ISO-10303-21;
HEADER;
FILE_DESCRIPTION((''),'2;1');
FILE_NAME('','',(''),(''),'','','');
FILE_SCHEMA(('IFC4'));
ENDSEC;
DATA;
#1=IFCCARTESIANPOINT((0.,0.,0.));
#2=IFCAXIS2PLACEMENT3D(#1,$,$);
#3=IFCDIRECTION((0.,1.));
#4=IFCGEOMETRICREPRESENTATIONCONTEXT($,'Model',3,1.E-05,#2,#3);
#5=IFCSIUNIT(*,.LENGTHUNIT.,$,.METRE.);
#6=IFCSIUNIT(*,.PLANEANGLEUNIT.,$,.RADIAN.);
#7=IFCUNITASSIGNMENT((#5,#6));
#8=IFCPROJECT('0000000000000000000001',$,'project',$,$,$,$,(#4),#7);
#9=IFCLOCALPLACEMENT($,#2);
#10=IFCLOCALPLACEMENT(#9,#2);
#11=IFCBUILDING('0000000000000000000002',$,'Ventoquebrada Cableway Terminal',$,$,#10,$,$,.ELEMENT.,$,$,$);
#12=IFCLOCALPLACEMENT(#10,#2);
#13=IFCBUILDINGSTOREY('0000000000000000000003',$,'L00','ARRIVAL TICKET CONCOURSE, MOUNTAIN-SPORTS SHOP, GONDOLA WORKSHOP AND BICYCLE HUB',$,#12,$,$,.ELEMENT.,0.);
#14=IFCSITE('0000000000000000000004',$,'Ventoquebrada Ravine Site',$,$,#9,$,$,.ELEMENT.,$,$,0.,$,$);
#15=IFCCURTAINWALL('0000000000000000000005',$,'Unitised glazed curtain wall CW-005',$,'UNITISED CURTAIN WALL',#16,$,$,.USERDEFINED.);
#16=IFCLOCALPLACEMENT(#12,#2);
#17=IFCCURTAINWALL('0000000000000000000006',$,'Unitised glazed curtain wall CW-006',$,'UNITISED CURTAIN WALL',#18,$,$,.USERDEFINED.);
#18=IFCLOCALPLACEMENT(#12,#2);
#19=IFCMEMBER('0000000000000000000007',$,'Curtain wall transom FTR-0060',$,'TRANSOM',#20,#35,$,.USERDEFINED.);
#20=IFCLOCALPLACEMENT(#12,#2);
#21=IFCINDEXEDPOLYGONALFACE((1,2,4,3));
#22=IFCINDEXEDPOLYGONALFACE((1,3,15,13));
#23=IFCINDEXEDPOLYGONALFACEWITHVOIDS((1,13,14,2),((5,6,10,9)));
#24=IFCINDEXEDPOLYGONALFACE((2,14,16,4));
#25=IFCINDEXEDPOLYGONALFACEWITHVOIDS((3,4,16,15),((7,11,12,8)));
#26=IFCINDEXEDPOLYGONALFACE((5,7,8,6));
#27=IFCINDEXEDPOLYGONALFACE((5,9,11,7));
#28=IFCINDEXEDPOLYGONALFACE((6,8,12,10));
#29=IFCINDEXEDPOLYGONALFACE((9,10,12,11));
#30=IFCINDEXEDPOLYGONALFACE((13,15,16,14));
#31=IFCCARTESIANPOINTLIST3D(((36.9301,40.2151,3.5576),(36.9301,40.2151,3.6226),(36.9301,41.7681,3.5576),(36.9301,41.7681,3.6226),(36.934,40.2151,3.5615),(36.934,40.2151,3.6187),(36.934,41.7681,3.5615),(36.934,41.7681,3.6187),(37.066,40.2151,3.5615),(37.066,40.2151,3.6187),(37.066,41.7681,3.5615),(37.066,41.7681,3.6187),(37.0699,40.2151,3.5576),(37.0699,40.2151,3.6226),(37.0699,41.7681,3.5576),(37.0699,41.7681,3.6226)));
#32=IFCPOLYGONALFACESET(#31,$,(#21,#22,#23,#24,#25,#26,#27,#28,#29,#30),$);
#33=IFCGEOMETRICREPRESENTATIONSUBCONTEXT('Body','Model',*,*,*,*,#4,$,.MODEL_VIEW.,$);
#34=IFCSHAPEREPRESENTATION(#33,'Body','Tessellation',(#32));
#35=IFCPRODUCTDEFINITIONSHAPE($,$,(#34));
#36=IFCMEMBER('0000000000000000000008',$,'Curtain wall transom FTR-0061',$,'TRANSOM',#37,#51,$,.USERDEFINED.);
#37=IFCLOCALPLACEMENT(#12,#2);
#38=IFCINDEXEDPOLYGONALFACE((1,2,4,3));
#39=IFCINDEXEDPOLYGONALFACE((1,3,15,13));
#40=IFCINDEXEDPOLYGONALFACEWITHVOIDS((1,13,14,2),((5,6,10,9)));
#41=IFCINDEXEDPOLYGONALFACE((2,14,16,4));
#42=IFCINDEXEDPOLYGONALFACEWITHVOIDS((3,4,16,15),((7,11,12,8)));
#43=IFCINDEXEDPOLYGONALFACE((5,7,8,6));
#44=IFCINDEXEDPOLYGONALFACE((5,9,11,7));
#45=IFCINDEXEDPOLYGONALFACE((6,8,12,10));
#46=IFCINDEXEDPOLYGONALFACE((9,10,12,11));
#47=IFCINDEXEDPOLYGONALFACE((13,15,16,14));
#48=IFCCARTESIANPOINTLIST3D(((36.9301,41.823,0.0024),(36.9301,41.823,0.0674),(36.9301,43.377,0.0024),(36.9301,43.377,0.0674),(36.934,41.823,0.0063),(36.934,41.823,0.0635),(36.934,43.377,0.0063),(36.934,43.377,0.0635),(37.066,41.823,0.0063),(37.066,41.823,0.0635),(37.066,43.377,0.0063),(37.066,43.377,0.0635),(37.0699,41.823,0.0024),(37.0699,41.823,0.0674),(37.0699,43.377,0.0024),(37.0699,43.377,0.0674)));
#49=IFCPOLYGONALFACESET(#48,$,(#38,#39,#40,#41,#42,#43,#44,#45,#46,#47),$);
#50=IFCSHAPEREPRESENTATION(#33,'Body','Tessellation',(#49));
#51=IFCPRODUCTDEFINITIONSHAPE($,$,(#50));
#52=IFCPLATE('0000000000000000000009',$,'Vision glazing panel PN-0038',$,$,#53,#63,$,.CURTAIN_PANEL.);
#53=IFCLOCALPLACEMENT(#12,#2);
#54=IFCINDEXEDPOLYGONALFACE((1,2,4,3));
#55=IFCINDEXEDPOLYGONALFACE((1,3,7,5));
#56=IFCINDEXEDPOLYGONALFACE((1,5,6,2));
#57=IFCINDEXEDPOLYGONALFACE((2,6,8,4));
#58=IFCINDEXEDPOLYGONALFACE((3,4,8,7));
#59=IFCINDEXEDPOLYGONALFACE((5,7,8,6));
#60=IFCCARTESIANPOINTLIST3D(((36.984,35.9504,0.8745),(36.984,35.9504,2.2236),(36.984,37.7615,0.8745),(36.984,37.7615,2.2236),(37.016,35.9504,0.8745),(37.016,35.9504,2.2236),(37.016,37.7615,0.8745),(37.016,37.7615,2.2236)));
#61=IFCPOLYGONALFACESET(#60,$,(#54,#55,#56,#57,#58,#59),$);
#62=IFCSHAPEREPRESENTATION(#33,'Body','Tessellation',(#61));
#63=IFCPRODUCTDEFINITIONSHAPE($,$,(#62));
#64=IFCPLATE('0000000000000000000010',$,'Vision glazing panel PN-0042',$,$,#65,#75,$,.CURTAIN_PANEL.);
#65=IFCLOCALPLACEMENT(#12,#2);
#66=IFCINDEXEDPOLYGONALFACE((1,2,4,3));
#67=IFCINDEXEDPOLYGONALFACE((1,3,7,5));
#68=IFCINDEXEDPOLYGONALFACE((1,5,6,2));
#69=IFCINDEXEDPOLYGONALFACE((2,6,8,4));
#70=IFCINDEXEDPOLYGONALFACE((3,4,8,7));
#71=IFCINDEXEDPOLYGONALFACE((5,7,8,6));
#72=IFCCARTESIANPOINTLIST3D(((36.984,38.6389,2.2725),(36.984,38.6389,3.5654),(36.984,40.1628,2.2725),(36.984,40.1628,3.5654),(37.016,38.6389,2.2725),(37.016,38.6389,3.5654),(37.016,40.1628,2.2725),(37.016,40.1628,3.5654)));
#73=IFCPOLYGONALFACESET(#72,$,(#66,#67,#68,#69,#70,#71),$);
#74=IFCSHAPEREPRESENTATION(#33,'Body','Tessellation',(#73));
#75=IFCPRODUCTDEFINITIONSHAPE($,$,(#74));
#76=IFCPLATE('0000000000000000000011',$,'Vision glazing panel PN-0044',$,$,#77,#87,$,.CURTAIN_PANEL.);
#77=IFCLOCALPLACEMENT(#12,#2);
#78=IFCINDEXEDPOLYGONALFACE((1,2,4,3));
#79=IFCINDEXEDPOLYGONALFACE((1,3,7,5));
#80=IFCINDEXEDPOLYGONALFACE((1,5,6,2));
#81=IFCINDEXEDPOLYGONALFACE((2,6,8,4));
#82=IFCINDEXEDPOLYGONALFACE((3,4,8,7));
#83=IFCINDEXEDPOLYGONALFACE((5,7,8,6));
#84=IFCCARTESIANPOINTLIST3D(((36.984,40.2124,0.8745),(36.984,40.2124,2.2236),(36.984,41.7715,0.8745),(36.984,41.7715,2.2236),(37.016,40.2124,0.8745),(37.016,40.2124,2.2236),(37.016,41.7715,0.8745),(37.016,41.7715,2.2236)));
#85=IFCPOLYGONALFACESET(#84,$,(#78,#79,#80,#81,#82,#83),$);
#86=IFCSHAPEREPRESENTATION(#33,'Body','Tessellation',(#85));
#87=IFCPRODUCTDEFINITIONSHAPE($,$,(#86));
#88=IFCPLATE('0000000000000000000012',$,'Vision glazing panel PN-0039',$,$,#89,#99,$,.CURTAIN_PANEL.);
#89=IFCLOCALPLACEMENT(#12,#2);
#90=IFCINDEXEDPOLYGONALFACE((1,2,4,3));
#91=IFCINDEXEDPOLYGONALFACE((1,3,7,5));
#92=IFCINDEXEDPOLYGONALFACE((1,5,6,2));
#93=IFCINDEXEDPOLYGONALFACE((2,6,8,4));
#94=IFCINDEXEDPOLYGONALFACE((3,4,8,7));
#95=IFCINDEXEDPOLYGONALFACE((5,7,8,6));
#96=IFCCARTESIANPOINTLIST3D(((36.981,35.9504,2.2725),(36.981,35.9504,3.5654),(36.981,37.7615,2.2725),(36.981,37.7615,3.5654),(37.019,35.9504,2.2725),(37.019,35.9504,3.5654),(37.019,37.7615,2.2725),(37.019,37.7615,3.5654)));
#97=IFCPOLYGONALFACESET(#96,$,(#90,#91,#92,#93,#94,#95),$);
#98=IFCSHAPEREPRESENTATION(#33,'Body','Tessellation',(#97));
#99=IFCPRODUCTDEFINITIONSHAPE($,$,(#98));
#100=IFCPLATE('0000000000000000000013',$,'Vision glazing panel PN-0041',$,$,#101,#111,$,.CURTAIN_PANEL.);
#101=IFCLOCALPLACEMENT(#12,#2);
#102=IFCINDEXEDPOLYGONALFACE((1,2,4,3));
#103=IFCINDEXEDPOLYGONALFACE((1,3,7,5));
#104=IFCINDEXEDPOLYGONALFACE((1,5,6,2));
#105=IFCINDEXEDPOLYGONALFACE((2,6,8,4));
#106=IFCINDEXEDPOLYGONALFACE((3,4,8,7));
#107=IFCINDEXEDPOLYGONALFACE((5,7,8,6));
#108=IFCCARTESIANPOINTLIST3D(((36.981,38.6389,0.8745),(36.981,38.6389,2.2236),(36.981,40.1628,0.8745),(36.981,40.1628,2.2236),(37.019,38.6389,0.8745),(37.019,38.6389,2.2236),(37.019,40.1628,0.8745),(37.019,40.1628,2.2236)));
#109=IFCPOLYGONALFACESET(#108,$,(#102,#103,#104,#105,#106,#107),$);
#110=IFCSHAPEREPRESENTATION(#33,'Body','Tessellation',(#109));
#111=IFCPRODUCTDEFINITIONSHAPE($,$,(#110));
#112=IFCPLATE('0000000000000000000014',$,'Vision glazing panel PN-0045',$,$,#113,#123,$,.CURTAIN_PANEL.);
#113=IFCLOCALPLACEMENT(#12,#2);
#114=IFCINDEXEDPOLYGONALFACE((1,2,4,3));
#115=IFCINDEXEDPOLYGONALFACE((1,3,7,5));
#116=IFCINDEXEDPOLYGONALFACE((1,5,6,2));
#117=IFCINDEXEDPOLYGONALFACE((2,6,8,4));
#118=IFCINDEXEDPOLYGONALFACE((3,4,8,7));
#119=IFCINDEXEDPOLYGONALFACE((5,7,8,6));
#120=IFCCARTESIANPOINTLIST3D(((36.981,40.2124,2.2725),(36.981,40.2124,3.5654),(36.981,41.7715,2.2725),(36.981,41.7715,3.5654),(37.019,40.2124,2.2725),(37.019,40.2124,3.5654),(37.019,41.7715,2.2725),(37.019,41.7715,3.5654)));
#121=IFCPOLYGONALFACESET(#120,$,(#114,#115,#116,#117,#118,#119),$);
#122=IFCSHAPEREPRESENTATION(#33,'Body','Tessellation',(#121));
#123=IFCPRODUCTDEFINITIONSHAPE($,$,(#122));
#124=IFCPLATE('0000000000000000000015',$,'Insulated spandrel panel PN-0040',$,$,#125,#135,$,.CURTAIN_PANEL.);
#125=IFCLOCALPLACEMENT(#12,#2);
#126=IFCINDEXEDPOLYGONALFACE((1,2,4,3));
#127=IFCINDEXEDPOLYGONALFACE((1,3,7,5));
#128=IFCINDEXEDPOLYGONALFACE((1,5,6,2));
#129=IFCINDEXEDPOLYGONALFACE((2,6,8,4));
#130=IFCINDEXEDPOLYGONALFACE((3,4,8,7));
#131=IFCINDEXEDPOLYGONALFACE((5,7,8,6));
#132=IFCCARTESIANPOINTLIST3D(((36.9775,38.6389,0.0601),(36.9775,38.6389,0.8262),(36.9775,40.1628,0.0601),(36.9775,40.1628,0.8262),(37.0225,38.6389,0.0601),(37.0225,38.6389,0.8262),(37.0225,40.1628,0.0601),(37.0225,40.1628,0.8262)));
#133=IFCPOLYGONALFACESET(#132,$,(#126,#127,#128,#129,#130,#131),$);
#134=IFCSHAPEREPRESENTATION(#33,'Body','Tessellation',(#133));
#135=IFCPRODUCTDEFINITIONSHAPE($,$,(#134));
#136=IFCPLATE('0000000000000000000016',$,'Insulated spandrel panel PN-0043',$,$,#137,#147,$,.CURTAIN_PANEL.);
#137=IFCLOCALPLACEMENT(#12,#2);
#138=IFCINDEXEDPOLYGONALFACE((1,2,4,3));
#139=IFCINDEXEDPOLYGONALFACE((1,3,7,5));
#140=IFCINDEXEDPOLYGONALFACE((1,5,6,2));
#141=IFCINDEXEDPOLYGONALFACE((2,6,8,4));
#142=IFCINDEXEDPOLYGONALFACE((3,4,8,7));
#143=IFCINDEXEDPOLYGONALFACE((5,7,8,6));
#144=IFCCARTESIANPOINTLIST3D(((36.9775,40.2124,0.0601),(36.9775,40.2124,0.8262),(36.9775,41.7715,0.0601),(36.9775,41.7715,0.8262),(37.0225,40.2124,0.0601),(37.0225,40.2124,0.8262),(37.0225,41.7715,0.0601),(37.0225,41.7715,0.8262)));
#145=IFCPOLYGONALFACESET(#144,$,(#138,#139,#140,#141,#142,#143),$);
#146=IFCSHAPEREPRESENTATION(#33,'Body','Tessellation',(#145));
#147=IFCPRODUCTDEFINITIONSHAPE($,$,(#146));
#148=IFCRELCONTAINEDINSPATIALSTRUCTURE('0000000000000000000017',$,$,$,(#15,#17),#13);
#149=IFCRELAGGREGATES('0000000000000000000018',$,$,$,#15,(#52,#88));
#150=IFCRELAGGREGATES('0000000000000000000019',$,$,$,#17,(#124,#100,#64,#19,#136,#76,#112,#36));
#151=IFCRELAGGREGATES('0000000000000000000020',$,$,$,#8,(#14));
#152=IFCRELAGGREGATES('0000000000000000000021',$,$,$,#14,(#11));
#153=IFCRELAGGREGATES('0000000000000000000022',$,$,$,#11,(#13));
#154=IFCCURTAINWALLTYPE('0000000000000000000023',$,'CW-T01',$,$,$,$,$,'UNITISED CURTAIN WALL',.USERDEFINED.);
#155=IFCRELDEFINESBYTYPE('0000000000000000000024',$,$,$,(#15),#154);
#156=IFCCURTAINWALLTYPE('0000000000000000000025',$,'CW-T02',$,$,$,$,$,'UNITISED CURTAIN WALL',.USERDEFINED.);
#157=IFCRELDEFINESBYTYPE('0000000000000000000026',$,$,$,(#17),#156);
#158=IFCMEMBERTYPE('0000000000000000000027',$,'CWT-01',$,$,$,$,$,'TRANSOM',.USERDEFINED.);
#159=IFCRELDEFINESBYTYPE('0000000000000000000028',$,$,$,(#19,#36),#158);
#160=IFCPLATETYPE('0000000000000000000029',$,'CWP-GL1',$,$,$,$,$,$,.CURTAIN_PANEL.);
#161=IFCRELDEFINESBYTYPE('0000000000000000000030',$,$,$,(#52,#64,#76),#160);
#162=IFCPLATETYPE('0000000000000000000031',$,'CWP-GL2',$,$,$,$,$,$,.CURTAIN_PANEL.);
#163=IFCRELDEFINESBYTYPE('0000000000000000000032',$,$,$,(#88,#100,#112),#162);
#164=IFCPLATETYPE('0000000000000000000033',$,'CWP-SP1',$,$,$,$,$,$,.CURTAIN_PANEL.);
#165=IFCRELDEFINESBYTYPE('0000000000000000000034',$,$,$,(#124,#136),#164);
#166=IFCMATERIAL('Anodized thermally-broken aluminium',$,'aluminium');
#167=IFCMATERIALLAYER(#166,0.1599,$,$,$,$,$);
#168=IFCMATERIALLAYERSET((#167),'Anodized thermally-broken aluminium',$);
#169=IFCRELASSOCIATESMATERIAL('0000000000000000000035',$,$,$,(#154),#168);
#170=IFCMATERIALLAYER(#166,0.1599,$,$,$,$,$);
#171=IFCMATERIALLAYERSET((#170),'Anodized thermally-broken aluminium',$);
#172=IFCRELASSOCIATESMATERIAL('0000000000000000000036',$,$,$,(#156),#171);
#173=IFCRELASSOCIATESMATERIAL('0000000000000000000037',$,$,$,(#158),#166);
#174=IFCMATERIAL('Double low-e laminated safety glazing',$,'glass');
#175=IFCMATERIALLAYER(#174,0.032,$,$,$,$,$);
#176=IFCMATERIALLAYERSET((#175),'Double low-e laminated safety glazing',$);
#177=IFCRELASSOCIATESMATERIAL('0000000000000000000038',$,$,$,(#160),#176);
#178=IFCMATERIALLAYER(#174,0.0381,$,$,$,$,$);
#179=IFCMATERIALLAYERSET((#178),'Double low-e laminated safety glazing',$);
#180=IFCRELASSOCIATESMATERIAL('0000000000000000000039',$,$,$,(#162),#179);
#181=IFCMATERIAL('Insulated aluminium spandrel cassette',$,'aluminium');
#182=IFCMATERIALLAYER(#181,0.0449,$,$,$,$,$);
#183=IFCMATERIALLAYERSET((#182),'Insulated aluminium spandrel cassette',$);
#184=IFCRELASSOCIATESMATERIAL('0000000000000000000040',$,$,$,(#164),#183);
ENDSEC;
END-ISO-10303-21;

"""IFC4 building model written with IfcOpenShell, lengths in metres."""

from ifc_helpers import new_model, si_unit, direction, frame, origin, origin_2d, place, context, subcontext, project, spatial, rectangle, hollow_rectangle, extrude, material, layer, layer_set, material_profile, profile_set, type_object, element, aggregate, save


model = new_model("IFC4")

# Units and contexts
model_context = context("Model", 3, precision=1e-05, world=origin(), true_north=direction((0.0, 1.0)))
body_context = subcontext(model_context, "Body", "Model", "MODEL_VIEW")
ifc_project = project(units=[si_unit("LENGTHUNIT", "METRE"), si_unit("PLANEANGLEUNIT", "RADIAN")], contexts=[model_context])

# Site, building, storey
site_placement = place(None, origin())
site = spatial("IfcSite", under=ifc_project, at=site_placement, Name="Ventoquebrada Ravine Site", CompositionType="ELEMENT", RefElevation=0.0)
building_placement = place(site_placement, origin())
building = spatial("IfcBuilding", under=site, at=building_placement, Name="Ventoquebrada Cableway Terminal", CompositionType="ELEMENT")
storey_placement = place(building_placement, origin())
storey = spatial("IfcBuildingStorey", under=building, at=storey_placement, Name="L00", Description="ARRIVAL TICKET CONCOURSE, MOUNTAIN-SPORTS SHOP, GONDOLA WORKSHOP AND BICYCLE HUB", CompositionType="ELEMENT", Elevation=0.0)

# Curtain wall
ifc_material_1 = material(Name="Anodized thermally-broken aluminium", Category="aluminium")
ifc_layer_1 = layer(ifc_material_1, 0.1599)
ifc_layer_set_1 = layer_set([ifc_layer_1], Name="Anodized thermally-broken aluminium")
curtain_wall_type_1 = type_object("IfcCurtainWallType", Name="CW-T01", ElementType="UNITISED CURTAIN WALL", PredefinedType="USERDEFINED", material=ifc_layer_set_1)
curtain_wall_1_placement = place(storey_placement, origin())
curtain_wall_1 = element("IfcCurtainWall", 1, at=curtain_wall_1_placement, inside=storey, type_object=curtain_wall_type_1, Name="Unitised glazed curtain wall CW-005", ObjectType="UNITISED CURTAIN WALL", PredefinedType="USERDEFINED")

# Curtain wall, members
ifc_layer_2 = layer(ifc_material_1, 0.1599)
ifc_layer_set_2 = layer_set([ifc_layer_2], Name="Anodized thermally-broken aluminium")
curtain_wall_type_2 = type_object("IfcCurtainWallType", Name="CW-T02", ElementType="UNITISED CURTAIN WALL", PredefinedType="USERDEFINED", material=ifc_layer_set_2)
curtain_wall_2_placement = place(storey_placement, origin())
curtain_wall_2 = element("IfcCurtainWall", 2, at=curtain_wall_2_placement, inside=storey, type_object=curtain_wall_type_2, Name="Unitised glazed curtain wall CW-006", ObjectType="UNITISED CURTAIN WALL", PredefinedType="USERDEFINED")
ifc_material_profile_1 = material_profile(ifc_material_1, hollow_rectangle(XDim=0.0649, YDim=0.1399, WallThickness=0.0039, at=origin_2d()), Name="CW-TRN-65X140")
ifc_profile_set_1 = profile_set([ifc_material_profile_1], Name="Anodized thermally-broken aluminium")
member_type_1 = type_object("IfcMemberType", Name="CWT-01", ElementType="TRANSOM", PredefinedType="USERDEFINED", material=ifc_profile_set_1)
member_1_placement = place(storey_placement, frame((37.0, 40.2151, 3.5901), z_axis=(0.0, 1.0, 0.0), x_axis=(0.0, 0.0, 1.0)))
member_1 = element("IfcMember", 3, at=member_1_placement, type_object=member_type_1, Name="Curtain wall transom FTR-0060", ObjectType="TRANSOM", PredefinedType="USERDEFINED", context=body_context, shape_type="SweptSolid", body=[
    extrude(hollow_rectangle(XDim=0.0649, YDim=0.1399, WallThickness=0.0039, at=origin_2d()), origin(), (0.0, 0.0, 1.0), 1.553),
])
member_2_placement = place(storey_placement, frame((37.0, 41.823, 0.0349), z_axis=(0.0, 1.0, 0.0), x_axis=(0.0, 0.0, 1.0)))
member_2 = element("IfcMember", 4, at=member_2_placement, type_object=member_type_1, Name="Curtain wall transom FTR-0061", ObjectType="TRANSOM", PredefinedType="USERDEFINED", context=body_context, shape_type="SweptSolid", body=[
    extrude(hollow_rectangle(XDim=0.0649, YDim=0.1399, WallThickness=0.0039, at=origin_2d()), origin(), (0.0, 0.0, 1.0), 1.554),
])

# Plates
ifc_material_2 = material(Name="Double low-e laminated safety glazing", Category="glass")
ifc_layer_3 = layer(ifc_material_2, 0.032)
ifc_layer_set_3 = layer_set([ifc_layer_3], Name="Double low-e laminated safety glazing")
plate_type_1 = type_object("IfcPlateType", Name="CWP-GL1", PredefinedType="CURTAIN_PANEL", material=ifc_layer_set_3)
plate_1_placement = place(storey_placement, frame((37.0, 36.856, 0.8745), z_axis=(0.0, 0.0, 1.0), x_axis=(0.0, 1.0, 0.0)))
plate_1 = element("IfcPlate", 5, at=plate_1_placement, type_object=plate_type_1, Name="Vision glazing panel PN-0038", PredefinedType="CURTAIN_PANEL", context=body_context, shape_type="SweptSolid", body=[
    extrude(rectangle(XDim=1.811, YDim=0.032, at=origin_2d()), origin(), (0.0, 0.0, 1.0), 1.3491),
])
plate_2_placement = place(storey_placement, frame((37.0, 39.4009, 2.2725), z_axis=(0.0, 0.0, 1.0), x_axis=(0.0, 1.0, 0.0)))
plate_2 = element("IfcPlate", 6, at=plate_2_placement, type_object=plate_type_1, Name="Vision glazing panel PN-0042", PredefinedType="CURTAIN_PANEL", context=body_context, shape_type="SweptSolid", body=[
    extrude(rectangle(XDim=1.5239, YDim=0.032, at=origin_2d()), origin(), (0.0, 0.0, 1.0), 1.293),
])
plate_3_placement = place(storey_placement, frame((37.0, 40.9919, 0.8745), z_axis=(0.0, 0.0, 1.0), x_axis=(0.0, 1.0, 0.0)))
plate_3 = element("IfcPlate", 7, at=plate_3_placement, type_object=plate_type_1, Name="Vision glazing panel PN-0044", PredefinedType="CURTAIN_PANEL", context=body_context, shape_type="SweptSolid", body=[
    extrude(rectangle(XDim=1.5591, YDim=0.032, at=origin_2d()), origin(), (0.0, 0.0, 1.0), 1.3491),
])
ifc_layer_4 = layer(ifc_material_2, 0.0381)
ifc_layer_set_4 = layer_set([ifc_layer_4], Name="Double low-e laminated safety glazing")
plate_type_2 = type_object("IfcPlateType", Name="CWP-GL2", PredefinedType="CURTAIN_PANEL", material=ifc_layer_set_4)
plate_4_placement = place(storey_placement, frame((37.0, 36.856, 2.2725), z_axis=(0.0, 0.0, 1.0), x_axis=(0.0, 1.0, 0.0)))
plate_4 = element("IfcPlate", 8, at=plate_4_placement, type_object=plate_type_2, Name="Vision glazing panel PN-0039", PredefinedType="CURTAIN_PANEL", context=body_context, shape_type="SweptSolid", body=[
    extrude(rectangle(XDim=1.811, YDim=0.0381, at=origin_2d()), origin(), (0.0, 0.0, 1.0), 1.293),
])
aggregate(curtain_wall_1, [plate_1, plate_4])
plate_5_placement = place(storey_placement, frame((37.0, 39.4009, 0.8745), z_axis=(0.0, 0.0, 1.0), x_axis=(0.0, 1.0, 0.0)))
plate_5 = element("IfcPlate", 9, at=plate_5_placement, type_object=plate_type_2, Name="Vision glazing panel PN-0041", PredefinedType="CURTAIN_PANEL", context=body_context, shape_type="SweptSolid", body=[
    extrude(rectangle(XDim=1.5239, YDim=0.0381, at=origin_2d()), origin(), (0.0, 0.0, 1.0), 1.3491),
])
plate_6_placement = place(storey_placement, frame((37.0, 40.9919, 2.2725), z_axis=(0.0, 0.0, 1.0), x_axis=(0.0, 1.0, 0.0)))
plate_6 = element("IfcPlate", 10, at=plate_6_placement, type_object=plate_type_2, Name="Vision glazing panel PN-0045", PredefinedType="CURTAIN_PANEL", context=body_context, shape_type="SweptSolid", body=[
    extrude(rectangle(XDim=1.5591, YDim=0.0381, at=origin_2d()), origin(), (0.0, 0.0, 1.0), 1.293),
])
ifc_material_3 = material(Name="Insulated aluminium spandrel cassette", Category="aluminium")
ifc_layer_5 = layer(ifc_material_3, 0.0449)
ifc_layer_set_5 = layer_set([ifc_layer_5], Name="Insulated aluminium spandrel cassette")
plate_type_3 = type_object("IfcPlateType", Name="CWP-SP1", PredefinedType="CURTAIN_PANEL", material=ifc_layer_set_5)
plate_7_placement = place(storey_placement, frame((37.0, 39.4009, 0.0601), z_axis=(0.0, 0.0, 1.0), x_axis=(0.0, 1.0, 0.0)))
plate_7 = element("IfcPlate", 11, at=plate_7_placement, type_object=plate_type_3, Name="Insulated spandrel panel PN-0040", PredefinedType="CURTAIN_PANEL", context=body_context, shape_type="SweptSolid", body=[
    extrude(rectangle(XDim=1.5239, YDim=0.0449, at=origin_2d()), origin(), (0.0, 0.0, 1.0), 0.7661),
])
plate_8_placement = place(storey_placement, frame((37.0, 40.9919, 0.0601), z_axis=(0.0, 0.0, 1.0), x_axis=(0.0, 1.0, 0.0)))
plate_8 = element("IfcPlate", 12, at=plate_8_placement, type_object=plate_type_3, Name="Insulated spandrel panel PN-0043", PredefinedType="CURTAIN_PANEL", context=body_context, shape_type="SweptSolid", body=[
    extrude(rectangle(XDim=1.5591, YDim=0.0449, at=origin_2d()), origin(), (0.0, 0.0, 1.0), 0.7661),
])
aggregate(curtain_wall_2, [plate_7, plate_5, plate_2, member_1, plate_8, plate_3, plate_6, member_2])

save(model, "model.ifc")
